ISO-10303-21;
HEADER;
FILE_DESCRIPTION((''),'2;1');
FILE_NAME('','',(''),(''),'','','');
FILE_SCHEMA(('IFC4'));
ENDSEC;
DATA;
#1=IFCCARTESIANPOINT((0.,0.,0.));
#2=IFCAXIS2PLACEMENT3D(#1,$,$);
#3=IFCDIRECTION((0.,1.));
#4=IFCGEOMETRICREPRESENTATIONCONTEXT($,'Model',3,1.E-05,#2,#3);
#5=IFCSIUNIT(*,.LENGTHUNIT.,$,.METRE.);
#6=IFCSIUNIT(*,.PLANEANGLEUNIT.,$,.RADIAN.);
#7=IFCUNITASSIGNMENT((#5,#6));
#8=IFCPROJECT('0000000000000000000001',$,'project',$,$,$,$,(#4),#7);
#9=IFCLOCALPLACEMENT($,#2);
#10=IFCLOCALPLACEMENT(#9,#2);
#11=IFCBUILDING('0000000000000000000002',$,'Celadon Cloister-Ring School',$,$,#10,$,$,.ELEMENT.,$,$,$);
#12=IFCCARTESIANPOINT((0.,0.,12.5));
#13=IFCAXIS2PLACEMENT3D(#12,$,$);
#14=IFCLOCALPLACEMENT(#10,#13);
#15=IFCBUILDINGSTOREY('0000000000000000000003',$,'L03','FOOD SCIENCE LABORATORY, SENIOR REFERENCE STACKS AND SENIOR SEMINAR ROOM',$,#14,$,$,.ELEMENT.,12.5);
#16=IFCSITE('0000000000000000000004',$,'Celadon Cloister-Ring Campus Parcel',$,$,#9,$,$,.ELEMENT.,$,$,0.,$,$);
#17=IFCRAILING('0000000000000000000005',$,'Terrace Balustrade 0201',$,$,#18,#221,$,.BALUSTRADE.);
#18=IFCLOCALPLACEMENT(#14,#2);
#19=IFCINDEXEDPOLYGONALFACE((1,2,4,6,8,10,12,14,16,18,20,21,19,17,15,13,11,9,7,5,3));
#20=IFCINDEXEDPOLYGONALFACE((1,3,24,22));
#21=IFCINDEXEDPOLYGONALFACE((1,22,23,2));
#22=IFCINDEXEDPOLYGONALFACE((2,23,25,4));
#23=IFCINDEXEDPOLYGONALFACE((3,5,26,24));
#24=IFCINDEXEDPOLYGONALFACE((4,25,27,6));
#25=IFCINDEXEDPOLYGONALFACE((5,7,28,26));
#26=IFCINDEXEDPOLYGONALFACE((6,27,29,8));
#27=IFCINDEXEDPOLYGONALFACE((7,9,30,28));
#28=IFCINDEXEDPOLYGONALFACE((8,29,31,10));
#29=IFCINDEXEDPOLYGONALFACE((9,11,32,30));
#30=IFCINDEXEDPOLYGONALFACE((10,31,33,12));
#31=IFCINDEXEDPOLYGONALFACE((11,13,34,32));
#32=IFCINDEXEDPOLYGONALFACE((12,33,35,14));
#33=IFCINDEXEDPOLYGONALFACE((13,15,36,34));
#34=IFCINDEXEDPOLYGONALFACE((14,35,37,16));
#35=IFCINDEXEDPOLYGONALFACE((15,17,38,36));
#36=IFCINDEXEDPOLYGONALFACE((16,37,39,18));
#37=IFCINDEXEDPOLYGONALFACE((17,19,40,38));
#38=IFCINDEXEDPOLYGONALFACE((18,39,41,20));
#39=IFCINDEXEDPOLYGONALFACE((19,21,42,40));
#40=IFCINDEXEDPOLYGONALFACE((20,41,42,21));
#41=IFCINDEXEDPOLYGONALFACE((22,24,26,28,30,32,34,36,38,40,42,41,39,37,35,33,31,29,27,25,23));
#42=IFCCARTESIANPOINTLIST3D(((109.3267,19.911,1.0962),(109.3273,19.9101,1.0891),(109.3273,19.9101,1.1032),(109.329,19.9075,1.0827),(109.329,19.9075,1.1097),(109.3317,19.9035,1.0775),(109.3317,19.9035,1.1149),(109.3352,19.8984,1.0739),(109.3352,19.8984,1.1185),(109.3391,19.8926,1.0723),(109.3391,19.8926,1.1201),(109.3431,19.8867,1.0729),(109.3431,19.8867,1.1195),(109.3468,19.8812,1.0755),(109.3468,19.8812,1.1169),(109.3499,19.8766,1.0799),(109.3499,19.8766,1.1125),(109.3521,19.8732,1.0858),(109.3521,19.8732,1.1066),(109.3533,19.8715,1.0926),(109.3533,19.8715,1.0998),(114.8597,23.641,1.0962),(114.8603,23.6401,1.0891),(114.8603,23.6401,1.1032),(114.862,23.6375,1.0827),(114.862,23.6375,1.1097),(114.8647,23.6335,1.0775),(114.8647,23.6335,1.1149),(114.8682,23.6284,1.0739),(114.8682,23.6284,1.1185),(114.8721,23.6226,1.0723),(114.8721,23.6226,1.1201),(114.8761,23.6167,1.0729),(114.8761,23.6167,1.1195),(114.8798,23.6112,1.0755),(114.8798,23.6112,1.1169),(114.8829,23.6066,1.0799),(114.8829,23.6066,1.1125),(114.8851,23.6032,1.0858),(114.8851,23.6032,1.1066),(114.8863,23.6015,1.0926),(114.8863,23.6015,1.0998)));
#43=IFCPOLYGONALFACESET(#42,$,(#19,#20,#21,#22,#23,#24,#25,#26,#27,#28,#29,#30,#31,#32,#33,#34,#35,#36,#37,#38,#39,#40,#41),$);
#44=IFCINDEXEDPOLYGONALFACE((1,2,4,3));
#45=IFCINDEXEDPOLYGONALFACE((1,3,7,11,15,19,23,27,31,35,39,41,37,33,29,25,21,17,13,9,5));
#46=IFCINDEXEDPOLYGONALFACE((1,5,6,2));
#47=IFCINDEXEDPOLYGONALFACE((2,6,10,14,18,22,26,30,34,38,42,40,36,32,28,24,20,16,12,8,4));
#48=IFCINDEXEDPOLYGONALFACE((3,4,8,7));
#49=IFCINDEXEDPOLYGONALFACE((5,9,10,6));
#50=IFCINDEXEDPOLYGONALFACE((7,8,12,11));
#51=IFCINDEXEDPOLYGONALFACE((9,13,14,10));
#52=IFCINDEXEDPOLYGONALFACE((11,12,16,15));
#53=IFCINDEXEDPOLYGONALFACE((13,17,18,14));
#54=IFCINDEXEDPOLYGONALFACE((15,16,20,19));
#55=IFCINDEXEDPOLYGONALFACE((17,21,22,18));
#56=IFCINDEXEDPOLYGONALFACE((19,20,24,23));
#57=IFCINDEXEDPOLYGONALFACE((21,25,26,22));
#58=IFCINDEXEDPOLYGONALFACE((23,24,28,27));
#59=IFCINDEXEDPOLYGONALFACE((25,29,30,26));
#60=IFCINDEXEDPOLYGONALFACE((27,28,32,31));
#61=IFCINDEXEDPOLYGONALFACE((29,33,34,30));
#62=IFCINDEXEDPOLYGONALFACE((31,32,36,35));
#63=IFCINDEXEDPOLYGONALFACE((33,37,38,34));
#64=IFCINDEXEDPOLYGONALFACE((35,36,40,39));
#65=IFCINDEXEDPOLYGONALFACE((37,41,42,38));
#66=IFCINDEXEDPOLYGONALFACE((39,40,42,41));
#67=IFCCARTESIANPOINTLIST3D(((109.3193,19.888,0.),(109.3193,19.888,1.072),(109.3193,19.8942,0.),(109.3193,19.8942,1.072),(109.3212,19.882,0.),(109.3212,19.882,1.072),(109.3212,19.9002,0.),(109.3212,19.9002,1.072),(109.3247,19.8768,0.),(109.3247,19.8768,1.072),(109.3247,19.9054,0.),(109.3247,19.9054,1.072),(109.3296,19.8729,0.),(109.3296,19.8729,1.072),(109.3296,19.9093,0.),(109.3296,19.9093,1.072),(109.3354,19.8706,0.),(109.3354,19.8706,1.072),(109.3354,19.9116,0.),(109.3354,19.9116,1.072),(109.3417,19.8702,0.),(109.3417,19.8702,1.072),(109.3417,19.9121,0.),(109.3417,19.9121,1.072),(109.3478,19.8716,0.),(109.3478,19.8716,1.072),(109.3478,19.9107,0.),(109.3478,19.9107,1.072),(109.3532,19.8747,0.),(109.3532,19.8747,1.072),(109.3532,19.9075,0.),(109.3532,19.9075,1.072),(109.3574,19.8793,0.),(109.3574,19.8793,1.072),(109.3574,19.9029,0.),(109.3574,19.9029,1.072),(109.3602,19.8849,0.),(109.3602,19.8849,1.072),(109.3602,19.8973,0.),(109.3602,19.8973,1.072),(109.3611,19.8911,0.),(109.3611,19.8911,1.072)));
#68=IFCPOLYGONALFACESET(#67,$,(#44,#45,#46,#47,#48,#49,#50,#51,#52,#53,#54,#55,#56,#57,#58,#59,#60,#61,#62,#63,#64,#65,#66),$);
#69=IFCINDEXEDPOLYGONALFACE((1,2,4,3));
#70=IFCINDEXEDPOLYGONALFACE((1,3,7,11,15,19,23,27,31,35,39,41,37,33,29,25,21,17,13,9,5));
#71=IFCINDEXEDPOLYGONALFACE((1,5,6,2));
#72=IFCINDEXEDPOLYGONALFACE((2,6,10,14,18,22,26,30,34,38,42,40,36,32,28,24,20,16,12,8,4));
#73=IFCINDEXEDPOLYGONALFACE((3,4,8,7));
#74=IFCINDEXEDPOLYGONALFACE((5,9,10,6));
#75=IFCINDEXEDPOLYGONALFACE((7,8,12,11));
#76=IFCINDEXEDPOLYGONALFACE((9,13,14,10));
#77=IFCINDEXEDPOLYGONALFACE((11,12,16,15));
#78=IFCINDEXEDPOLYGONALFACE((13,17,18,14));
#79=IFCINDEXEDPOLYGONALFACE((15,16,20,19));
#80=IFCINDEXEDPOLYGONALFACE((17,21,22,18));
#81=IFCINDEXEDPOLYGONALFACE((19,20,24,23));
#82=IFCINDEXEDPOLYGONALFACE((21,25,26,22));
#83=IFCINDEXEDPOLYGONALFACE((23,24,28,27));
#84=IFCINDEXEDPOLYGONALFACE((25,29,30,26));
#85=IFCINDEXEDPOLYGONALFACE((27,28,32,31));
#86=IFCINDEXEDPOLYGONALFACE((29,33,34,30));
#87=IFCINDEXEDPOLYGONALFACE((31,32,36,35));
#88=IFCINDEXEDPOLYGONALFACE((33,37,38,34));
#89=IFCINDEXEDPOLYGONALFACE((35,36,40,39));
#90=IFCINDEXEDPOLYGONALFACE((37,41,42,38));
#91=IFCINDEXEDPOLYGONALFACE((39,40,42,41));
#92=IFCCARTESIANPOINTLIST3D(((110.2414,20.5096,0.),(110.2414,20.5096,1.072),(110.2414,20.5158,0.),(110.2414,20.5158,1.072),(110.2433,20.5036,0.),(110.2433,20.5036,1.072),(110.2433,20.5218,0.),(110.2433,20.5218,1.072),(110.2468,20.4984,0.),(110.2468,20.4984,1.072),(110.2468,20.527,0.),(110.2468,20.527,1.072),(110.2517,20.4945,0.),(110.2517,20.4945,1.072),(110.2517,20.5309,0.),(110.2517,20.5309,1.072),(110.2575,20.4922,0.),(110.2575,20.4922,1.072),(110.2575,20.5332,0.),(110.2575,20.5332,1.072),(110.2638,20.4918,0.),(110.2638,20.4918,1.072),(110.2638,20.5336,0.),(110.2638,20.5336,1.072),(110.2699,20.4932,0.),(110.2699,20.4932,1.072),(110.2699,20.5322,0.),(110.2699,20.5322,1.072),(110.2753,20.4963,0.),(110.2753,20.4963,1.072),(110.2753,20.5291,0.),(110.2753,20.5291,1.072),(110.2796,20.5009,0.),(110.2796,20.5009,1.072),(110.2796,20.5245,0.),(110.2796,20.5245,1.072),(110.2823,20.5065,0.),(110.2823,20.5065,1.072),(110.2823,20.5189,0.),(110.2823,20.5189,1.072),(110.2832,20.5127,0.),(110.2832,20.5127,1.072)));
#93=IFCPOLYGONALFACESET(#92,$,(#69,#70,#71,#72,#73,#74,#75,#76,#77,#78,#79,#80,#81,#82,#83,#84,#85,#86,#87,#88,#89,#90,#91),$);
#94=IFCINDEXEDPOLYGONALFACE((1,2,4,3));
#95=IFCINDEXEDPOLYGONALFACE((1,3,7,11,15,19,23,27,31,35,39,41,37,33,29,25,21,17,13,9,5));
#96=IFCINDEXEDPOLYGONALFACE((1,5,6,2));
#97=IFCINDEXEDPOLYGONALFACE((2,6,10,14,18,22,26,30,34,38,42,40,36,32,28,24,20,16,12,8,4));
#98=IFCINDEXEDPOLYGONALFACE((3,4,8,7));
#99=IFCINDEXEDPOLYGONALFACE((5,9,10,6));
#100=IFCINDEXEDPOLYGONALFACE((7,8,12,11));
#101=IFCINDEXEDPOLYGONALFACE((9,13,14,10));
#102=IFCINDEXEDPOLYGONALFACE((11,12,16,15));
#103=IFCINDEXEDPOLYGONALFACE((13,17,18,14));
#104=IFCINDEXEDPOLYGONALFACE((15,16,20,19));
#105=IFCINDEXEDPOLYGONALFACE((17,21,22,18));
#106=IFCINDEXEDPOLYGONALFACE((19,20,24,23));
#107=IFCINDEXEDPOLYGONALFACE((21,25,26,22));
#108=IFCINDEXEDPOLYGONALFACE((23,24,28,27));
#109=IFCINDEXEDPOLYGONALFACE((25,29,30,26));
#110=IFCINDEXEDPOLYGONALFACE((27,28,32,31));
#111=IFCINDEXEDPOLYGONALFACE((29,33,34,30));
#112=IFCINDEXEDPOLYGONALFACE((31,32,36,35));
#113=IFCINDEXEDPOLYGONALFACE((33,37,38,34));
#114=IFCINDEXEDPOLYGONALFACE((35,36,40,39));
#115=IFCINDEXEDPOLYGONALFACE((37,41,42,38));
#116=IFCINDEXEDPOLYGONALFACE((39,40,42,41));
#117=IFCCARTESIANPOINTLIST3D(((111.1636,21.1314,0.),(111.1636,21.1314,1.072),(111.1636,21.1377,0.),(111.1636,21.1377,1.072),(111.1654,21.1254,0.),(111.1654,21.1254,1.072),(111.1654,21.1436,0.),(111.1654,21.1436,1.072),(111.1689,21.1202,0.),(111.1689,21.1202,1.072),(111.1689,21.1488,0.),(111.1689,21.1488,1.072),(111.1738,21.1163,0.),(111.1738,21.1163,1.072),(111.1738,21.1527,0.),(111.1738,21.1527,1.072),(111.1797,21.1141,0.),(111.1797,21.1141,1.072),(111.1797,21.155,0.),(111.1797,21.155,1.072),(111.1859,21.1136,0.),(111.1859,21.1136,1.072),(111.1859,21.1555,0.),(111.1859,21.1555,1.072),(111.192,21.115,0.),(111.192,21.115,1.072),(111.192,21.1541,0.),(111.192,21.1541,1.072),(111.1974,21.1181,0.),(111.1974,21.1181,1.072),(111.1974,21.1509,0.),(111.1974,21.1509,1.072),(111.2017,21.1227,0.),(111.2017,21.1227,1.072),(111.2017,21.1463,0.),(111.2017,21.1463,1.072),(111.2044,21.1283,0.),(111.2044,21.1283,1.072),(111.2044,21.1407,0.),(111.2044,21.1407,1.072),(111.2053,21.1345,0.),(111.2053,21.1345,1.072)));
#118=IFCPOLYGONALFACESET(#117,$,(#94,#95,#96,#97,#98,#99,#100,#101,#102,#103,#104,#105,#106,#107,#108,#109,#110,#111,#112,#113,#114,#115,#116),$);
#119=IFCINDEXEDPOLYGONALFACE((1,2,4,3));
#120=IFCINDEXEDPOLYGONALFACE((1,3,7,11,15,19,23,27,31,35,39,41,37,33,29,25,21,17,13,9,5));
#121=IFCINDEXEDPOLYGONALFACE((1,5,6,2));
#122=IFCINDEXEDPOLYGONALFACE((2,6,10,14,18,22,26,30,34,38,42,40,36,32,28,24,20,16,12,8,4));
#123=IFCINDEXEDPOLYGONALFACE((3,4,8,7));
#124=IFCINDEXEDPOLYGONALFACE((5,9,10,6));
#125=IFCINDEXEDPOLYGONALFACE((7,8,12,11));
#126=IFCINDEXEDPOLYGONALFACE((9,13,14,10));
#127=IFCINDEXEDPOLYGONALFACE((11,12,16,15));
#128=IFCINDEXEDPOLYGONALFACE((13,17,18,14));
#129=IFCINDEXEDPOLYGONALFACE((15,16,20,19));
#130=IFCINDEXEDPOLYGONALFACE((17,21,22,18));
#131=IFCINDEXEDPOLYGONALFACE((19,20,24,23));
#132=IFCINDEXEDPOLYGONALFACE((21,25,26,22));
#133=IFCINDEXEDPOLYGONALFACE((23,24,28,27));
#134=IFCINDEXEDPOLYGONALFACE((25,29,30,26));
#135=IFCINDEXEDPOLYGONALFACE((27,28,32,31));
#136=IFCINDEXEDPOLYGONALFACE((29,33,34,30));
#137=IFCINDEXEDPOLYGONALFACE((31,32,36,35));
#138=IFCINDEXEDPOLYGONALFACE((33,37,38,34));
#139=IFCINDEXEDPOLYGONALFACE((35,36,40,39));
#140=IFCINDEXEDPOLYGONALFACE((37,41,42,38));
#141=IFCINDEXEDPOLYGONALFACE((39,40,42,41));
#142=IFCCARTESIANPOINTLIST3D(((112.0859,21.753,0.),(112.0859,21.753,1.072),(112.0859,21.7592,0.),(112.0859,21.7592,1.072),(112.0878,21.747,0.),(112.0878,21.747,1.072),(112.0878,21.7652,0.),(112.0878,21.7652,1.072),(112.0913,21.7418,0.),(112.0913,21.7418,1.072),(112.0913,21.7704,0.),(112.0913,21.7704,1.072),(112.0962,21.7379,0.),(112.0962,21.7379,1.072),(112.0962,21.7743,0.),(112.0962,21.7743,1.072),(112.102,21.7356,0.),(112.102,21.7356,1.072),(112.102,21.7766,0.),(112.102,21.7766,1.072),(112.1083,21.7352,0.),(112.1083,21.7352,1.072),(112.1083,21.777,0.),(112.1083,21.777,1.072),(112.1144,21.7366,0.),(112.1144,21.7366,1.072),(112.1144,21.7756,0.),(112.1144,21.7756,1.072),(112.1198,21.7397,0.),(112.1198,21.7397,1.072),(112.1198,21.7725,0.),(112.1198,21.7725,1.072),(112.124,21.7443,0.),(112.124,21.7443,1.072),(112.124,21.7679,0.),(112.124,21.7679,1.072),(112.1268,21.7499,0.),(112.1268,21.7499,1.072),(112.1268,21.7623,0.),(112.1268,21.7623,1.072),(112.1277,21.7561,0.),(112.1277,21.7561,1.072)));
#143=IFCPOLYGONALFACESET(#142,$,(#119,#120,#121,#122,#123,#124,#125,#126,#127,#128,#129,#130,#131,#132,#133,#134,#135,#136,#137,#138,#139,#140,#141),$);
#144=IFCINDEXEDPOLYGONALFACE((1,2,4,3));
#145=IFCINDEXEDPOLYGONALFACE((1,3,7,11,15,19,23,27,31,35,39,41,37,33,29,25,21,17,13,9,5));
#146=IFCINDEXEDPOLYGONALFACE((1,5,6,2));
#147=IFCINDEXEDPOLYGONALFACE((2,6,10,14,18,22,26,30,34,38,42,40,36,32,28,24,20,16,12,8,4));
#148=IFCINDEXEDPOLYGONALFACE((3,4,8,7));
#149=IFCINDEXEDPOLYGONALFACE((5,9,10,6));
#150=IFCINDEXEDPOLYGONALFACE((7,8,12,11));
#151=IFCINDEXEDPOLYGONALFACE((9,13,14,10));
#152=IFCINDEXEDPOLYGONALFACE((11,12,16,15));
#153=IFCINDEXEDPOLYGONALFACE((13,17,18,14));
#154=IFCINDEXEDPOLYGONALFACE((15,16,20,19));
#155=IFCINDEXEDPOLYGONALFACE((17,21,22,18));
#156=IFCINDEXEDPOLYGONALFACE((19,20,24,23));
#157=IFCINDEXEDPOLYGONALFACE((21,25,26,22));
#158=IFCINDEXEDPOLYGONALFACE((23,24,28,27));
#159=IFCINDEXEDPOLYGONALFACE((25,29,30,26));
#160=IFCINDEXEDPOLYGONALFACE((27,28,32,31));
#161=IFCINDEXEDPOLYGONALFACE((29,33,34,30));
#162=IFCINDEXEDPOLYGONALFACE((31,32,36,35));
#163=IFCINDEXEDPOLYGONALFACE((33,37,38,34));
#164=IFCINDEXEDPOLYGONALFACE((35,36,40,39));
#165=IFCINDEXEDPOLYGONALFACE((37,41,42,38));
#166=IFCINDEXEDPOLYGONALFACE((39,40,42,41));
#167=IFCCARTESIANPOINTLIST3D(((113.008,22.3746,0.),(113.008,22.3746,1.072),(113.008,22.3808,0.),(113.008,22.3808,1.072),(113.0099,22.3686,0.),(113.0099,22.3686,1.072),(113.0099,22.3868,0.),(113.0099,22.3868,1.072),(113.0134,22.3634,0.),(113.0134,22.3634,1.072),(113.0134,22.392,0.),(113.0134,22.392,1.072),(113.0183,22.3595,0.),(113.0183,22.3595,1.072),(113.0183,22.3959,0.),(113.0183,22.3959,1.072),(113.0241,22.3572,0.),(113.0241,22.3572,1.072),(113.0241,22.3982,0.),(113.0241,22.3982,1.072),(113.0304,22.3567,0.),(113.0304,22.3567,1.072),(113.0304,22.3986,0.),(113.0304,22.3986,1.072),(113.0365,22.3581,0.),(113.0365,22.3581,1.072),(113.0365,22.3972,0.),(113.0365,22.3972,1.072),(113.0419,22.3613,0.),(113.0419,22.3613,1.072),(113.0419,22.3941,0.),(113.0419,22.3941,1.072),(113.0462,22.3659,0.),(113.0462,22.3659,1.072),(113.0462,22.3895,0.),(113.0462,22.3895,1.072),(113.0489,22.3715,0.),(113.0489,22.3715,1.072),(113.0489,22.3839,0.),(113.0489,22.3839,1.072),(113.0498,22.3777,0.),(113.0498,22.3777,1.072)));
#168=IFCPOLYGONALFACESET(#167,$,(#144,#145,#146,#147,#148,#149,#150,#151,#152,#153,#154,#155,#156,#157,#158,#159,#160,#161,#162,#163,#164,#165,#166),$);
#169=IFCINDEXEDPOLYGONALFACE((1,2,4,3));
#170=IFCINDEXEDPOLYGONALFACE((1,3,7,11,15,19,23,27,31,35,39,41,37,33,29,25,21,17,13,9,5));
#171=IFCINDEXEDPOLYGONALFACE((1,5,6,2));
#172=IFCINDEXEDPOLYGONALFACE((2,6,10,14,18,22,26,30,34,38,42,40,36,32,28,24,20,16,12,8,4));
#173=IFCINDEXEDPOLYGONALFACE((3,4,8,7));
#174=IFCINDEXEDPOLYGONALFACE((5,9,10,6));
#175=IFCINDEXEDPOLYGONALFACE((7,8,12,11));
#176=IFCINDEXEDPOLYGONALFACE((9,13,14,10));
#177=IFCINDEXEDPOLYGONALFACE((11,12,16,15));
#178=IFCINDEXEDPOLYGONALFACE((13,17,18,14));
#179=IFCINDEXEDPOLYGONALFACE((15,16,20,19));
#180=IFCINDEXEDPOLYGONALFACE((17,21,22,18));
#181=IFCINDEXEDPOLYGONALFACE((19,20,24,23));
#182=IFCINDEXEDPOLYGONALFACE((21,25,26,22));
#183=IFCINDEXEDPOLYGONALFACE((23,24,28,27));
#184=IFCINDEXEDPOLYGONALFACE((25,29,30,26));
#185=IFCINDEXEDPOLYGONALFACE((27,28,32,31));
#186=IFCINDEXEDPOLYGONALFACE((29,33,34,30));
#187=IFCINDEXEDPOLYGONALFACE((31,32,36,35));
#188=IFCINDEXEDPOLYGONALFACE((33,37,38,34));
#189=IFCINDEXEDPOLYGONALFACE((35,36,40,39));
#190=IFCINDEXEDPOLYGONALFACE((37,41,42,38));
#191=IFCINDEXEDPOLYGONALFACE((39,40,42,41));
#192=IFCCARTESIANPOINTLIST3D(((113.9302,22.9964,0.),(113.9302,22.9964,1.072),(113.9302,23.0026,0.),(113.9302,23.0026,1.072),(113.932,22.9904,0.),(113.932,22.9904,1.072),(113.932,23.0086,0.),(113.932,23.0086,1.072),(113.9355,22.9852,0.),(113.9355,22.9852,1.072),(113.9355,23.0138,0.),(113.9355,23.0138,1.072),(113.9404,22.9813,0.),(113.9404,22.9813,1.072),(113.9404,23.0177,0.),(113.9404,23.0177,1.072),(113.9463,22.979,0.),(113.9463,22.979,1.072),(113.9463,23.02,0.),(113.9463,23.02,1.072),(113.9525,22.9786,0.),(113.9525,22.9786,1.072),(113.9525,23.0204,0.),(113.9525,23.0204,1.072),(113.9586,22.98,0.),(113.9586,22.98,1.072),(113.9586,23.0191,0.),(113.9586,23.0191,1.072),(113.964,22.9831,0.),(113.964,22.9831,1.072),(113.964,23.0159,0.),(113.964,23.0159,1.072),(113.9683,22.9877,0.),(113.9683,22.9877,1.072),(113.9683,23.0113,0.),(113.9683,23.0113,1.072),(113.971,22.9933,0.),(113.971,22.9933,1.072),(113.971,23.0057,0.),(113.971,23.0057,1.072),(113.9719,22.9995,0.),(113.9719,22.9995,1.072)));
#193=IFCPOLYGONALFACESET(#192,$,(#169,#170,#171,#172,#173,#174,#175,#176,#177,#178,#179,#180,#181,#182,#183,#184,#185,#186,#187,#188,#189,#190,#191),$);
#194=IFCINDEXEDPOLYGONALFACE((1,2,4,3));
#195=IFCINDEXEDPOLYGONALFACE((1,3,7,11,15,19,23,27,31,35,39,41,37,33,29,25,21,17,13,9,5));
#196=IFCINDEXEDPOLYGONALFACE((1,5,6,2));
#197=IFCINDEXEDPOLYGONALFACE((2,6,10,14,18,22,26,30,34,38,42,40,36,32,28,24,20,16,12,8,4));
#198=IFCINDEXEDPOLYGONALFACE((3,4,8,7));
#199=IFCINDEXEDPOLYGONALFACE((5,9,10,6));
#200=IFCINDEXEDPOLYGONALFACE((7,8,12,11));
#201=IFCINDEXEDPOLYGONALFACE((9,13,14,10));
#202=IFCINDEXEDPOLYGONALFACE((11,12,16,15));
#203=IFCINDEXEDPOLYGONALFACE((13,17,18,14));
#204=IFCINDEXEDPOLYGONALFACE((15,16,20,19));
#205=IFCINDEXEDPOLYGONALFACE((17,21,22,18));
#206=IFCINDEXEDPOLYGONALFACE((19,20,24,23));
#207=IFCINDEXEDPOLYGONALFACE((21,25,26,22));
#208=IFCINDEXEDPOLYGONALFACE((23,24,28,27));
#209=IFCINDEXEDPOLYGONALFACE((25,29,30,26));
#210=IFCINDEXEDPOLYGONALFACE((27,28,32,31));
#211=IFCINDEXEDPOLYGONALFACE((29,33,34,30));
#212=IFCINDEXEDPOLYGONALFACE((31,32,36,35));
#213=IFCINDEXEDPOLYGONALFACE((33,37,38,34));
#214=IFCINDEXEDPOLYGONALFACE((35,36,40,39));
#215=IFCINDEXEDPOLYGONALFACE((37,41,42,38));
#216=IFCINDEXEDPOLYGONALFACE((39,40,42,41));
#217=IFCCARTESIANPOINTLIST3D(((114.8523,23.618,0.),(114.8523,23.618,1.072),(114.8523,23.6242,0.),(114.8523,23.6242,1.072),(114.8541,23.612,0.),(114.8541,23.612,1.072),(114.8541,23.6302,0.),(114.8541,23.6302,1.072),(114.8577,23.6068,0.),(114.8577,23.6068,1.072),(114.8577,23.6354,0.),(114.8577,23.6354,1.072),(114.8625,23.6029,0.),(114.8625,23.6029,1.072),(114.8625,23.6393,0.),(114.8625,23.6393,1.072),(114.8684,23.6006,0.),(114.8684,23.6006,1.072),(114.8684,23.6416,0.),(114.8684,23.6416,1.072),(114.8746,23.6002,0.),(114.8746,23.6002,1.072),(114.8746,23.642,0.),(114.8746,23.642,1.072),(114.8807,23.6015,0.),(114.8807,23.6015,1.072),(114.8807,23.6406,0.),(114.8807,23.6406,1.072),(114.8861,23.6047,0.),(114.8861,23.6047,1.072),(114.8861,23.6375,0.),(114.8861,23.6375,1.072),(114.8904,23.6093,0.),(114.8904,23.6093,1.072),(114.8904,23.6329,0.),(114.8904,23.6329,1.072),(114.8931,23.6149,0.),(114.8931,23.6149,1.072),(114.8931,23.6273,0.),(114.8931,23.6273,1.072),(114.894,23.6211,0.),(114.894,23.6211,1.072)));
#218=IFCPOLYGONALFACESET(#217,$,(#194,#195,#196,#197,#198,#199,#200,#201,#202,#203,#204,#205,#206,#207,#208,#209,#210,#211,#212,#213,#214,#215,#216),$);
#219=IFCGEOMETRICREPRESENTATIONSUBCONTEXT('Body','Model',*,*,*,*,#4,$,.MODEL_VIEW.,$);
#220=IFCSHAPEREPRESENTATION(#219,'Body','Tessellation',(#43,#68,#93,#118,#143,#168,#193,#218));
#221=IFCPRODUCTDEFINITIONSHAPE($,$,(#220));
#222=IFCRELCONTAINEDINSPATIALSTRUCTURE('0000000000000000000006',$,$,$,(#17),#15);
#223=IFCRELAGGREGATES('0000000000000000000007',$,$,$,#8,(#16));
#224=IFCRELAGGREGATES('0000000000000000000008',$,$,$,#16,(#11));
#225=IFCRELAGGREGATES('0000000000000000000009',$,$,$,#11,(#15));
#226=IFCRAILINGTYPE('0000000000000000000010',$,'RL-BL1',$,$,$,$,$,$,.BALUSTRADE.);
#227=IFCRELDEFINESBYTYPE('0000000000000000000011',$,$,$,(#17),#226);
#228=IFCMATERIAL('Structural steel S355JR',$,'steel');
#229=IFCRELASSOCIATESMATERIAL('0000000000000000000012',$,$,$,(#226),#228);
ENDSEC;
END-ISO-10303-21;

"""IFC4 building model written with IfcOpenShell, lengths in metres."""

from ifc_helpers import new_model, si_unit, direction, frame, origin, origin_2d, place, context, subcontext, project, spatial, circle, extrude, material, type_object, element, save


model = new_model("IFC4")

# Units and contexts
model_context = context("Model", 3, precision=1e-05, world=origin(), true_north=direction((0.0, 1.0)))
body_context = subcontext(model_context, "Body", "Model", "MODEL_VIEW")
ifc_project = project(units=[si_unit("LENGTHUNIT", "METRE"), si_unit("PLANEANGLEUNIT", "RADIAN")], contexts=[model_context])

# Site, building, storey
site_placement = place(None, origin())
site = spatial("IfcSite", under=ifc_project, at=site_placement, Name="Celadon Cloister-Ring Campus Parcel", CompositionType="ELEMENT", RefElevation=0.0)
building_placement = place(site_placement, origin())
building = spatial("IfcBuilding", under=site, at=building_placement, Name="Celadon Cloister-Ring School", CompositionType="ELEMENT")
storey_placement = place(building_placement, frame((0.0, 0.0, 12.5)))
storey = spatial("IfcBuildingStorey", under=building, at=storey_placement, Name="L03", Description="FOOD SCIENCE LABORATORY, SENIOR REFERENCE STACKS AND SENIOR SEMINAR ROOM", CompositionType="ELEMENT", Elevation=12.5)

# Railing
ifc_material_1 = material(Name="Structural steel S355JR", Category="steel")
railing_type = type_object("IfcRailingType", Name="RL-BL1", PredefinedType="BALUSTRADE", material=ifc_material_1)
railing_placement = place(storey_placement, frame((109.3401, 19.8911, 0.0)))
element("IfcRailing", 1, at=railing_placement, inside=storey, type_object=railing_type, Name="Terrace Balustrade 0201", PredefinedType="BALUSTRADE", context=body_context, shape_type="SweptSolid", body=[
    extrude(circle(Radius=0.0239, at=origin_2d()), frame((0.0, 0.0, 1.0962), z_axis=(0.82918, 0.558982, 0.0), x_axis=(-0.558982, 0.82918, 0.0)), (0.0, 0.0, 1.0), 6.6729),
    extrude(circle(Radius=0.021, at=origin_2d()), origin(), (0.0, 0.0, 1.0), 1.072),
    extrude(circle(Radius=0.021, at=origin_2d()), frame((0.9221, 0.6216, 0.0)), (0.0, 0.0, 1.0), 1.072),
    extrude(circle(Radius=0.021, at=origin_2d()), frame((1.8442, 1.2434, 0.0)), (0.0, 0.0, 1.0), 1.072),
    extrude(circle(Radius=0.021, at=origin_2d()), frame((2.7666, 1.865, 0.0)), (0.0, 0.0, 1.0), 1.072),
    extrude(circle(Radius=0.021, at=origin_2d()), frame((3.6887, 2.4866, 0.0)), (0.0, 0.0, 1.0), 1.072),
    extrude(circle(Radius=0.021, at=origin_2d()), frame((4.6108, 3.1084, 0.0)), (0.0, 0.0, 1.0), 1.072),
    extrude(circle(Radius=0.021, at=origin_2d()), frame((5.533, 3.73, 0.0)), (0.0, 0.0, 1.0), 1.072),
])

save(model, "model.ifc")
